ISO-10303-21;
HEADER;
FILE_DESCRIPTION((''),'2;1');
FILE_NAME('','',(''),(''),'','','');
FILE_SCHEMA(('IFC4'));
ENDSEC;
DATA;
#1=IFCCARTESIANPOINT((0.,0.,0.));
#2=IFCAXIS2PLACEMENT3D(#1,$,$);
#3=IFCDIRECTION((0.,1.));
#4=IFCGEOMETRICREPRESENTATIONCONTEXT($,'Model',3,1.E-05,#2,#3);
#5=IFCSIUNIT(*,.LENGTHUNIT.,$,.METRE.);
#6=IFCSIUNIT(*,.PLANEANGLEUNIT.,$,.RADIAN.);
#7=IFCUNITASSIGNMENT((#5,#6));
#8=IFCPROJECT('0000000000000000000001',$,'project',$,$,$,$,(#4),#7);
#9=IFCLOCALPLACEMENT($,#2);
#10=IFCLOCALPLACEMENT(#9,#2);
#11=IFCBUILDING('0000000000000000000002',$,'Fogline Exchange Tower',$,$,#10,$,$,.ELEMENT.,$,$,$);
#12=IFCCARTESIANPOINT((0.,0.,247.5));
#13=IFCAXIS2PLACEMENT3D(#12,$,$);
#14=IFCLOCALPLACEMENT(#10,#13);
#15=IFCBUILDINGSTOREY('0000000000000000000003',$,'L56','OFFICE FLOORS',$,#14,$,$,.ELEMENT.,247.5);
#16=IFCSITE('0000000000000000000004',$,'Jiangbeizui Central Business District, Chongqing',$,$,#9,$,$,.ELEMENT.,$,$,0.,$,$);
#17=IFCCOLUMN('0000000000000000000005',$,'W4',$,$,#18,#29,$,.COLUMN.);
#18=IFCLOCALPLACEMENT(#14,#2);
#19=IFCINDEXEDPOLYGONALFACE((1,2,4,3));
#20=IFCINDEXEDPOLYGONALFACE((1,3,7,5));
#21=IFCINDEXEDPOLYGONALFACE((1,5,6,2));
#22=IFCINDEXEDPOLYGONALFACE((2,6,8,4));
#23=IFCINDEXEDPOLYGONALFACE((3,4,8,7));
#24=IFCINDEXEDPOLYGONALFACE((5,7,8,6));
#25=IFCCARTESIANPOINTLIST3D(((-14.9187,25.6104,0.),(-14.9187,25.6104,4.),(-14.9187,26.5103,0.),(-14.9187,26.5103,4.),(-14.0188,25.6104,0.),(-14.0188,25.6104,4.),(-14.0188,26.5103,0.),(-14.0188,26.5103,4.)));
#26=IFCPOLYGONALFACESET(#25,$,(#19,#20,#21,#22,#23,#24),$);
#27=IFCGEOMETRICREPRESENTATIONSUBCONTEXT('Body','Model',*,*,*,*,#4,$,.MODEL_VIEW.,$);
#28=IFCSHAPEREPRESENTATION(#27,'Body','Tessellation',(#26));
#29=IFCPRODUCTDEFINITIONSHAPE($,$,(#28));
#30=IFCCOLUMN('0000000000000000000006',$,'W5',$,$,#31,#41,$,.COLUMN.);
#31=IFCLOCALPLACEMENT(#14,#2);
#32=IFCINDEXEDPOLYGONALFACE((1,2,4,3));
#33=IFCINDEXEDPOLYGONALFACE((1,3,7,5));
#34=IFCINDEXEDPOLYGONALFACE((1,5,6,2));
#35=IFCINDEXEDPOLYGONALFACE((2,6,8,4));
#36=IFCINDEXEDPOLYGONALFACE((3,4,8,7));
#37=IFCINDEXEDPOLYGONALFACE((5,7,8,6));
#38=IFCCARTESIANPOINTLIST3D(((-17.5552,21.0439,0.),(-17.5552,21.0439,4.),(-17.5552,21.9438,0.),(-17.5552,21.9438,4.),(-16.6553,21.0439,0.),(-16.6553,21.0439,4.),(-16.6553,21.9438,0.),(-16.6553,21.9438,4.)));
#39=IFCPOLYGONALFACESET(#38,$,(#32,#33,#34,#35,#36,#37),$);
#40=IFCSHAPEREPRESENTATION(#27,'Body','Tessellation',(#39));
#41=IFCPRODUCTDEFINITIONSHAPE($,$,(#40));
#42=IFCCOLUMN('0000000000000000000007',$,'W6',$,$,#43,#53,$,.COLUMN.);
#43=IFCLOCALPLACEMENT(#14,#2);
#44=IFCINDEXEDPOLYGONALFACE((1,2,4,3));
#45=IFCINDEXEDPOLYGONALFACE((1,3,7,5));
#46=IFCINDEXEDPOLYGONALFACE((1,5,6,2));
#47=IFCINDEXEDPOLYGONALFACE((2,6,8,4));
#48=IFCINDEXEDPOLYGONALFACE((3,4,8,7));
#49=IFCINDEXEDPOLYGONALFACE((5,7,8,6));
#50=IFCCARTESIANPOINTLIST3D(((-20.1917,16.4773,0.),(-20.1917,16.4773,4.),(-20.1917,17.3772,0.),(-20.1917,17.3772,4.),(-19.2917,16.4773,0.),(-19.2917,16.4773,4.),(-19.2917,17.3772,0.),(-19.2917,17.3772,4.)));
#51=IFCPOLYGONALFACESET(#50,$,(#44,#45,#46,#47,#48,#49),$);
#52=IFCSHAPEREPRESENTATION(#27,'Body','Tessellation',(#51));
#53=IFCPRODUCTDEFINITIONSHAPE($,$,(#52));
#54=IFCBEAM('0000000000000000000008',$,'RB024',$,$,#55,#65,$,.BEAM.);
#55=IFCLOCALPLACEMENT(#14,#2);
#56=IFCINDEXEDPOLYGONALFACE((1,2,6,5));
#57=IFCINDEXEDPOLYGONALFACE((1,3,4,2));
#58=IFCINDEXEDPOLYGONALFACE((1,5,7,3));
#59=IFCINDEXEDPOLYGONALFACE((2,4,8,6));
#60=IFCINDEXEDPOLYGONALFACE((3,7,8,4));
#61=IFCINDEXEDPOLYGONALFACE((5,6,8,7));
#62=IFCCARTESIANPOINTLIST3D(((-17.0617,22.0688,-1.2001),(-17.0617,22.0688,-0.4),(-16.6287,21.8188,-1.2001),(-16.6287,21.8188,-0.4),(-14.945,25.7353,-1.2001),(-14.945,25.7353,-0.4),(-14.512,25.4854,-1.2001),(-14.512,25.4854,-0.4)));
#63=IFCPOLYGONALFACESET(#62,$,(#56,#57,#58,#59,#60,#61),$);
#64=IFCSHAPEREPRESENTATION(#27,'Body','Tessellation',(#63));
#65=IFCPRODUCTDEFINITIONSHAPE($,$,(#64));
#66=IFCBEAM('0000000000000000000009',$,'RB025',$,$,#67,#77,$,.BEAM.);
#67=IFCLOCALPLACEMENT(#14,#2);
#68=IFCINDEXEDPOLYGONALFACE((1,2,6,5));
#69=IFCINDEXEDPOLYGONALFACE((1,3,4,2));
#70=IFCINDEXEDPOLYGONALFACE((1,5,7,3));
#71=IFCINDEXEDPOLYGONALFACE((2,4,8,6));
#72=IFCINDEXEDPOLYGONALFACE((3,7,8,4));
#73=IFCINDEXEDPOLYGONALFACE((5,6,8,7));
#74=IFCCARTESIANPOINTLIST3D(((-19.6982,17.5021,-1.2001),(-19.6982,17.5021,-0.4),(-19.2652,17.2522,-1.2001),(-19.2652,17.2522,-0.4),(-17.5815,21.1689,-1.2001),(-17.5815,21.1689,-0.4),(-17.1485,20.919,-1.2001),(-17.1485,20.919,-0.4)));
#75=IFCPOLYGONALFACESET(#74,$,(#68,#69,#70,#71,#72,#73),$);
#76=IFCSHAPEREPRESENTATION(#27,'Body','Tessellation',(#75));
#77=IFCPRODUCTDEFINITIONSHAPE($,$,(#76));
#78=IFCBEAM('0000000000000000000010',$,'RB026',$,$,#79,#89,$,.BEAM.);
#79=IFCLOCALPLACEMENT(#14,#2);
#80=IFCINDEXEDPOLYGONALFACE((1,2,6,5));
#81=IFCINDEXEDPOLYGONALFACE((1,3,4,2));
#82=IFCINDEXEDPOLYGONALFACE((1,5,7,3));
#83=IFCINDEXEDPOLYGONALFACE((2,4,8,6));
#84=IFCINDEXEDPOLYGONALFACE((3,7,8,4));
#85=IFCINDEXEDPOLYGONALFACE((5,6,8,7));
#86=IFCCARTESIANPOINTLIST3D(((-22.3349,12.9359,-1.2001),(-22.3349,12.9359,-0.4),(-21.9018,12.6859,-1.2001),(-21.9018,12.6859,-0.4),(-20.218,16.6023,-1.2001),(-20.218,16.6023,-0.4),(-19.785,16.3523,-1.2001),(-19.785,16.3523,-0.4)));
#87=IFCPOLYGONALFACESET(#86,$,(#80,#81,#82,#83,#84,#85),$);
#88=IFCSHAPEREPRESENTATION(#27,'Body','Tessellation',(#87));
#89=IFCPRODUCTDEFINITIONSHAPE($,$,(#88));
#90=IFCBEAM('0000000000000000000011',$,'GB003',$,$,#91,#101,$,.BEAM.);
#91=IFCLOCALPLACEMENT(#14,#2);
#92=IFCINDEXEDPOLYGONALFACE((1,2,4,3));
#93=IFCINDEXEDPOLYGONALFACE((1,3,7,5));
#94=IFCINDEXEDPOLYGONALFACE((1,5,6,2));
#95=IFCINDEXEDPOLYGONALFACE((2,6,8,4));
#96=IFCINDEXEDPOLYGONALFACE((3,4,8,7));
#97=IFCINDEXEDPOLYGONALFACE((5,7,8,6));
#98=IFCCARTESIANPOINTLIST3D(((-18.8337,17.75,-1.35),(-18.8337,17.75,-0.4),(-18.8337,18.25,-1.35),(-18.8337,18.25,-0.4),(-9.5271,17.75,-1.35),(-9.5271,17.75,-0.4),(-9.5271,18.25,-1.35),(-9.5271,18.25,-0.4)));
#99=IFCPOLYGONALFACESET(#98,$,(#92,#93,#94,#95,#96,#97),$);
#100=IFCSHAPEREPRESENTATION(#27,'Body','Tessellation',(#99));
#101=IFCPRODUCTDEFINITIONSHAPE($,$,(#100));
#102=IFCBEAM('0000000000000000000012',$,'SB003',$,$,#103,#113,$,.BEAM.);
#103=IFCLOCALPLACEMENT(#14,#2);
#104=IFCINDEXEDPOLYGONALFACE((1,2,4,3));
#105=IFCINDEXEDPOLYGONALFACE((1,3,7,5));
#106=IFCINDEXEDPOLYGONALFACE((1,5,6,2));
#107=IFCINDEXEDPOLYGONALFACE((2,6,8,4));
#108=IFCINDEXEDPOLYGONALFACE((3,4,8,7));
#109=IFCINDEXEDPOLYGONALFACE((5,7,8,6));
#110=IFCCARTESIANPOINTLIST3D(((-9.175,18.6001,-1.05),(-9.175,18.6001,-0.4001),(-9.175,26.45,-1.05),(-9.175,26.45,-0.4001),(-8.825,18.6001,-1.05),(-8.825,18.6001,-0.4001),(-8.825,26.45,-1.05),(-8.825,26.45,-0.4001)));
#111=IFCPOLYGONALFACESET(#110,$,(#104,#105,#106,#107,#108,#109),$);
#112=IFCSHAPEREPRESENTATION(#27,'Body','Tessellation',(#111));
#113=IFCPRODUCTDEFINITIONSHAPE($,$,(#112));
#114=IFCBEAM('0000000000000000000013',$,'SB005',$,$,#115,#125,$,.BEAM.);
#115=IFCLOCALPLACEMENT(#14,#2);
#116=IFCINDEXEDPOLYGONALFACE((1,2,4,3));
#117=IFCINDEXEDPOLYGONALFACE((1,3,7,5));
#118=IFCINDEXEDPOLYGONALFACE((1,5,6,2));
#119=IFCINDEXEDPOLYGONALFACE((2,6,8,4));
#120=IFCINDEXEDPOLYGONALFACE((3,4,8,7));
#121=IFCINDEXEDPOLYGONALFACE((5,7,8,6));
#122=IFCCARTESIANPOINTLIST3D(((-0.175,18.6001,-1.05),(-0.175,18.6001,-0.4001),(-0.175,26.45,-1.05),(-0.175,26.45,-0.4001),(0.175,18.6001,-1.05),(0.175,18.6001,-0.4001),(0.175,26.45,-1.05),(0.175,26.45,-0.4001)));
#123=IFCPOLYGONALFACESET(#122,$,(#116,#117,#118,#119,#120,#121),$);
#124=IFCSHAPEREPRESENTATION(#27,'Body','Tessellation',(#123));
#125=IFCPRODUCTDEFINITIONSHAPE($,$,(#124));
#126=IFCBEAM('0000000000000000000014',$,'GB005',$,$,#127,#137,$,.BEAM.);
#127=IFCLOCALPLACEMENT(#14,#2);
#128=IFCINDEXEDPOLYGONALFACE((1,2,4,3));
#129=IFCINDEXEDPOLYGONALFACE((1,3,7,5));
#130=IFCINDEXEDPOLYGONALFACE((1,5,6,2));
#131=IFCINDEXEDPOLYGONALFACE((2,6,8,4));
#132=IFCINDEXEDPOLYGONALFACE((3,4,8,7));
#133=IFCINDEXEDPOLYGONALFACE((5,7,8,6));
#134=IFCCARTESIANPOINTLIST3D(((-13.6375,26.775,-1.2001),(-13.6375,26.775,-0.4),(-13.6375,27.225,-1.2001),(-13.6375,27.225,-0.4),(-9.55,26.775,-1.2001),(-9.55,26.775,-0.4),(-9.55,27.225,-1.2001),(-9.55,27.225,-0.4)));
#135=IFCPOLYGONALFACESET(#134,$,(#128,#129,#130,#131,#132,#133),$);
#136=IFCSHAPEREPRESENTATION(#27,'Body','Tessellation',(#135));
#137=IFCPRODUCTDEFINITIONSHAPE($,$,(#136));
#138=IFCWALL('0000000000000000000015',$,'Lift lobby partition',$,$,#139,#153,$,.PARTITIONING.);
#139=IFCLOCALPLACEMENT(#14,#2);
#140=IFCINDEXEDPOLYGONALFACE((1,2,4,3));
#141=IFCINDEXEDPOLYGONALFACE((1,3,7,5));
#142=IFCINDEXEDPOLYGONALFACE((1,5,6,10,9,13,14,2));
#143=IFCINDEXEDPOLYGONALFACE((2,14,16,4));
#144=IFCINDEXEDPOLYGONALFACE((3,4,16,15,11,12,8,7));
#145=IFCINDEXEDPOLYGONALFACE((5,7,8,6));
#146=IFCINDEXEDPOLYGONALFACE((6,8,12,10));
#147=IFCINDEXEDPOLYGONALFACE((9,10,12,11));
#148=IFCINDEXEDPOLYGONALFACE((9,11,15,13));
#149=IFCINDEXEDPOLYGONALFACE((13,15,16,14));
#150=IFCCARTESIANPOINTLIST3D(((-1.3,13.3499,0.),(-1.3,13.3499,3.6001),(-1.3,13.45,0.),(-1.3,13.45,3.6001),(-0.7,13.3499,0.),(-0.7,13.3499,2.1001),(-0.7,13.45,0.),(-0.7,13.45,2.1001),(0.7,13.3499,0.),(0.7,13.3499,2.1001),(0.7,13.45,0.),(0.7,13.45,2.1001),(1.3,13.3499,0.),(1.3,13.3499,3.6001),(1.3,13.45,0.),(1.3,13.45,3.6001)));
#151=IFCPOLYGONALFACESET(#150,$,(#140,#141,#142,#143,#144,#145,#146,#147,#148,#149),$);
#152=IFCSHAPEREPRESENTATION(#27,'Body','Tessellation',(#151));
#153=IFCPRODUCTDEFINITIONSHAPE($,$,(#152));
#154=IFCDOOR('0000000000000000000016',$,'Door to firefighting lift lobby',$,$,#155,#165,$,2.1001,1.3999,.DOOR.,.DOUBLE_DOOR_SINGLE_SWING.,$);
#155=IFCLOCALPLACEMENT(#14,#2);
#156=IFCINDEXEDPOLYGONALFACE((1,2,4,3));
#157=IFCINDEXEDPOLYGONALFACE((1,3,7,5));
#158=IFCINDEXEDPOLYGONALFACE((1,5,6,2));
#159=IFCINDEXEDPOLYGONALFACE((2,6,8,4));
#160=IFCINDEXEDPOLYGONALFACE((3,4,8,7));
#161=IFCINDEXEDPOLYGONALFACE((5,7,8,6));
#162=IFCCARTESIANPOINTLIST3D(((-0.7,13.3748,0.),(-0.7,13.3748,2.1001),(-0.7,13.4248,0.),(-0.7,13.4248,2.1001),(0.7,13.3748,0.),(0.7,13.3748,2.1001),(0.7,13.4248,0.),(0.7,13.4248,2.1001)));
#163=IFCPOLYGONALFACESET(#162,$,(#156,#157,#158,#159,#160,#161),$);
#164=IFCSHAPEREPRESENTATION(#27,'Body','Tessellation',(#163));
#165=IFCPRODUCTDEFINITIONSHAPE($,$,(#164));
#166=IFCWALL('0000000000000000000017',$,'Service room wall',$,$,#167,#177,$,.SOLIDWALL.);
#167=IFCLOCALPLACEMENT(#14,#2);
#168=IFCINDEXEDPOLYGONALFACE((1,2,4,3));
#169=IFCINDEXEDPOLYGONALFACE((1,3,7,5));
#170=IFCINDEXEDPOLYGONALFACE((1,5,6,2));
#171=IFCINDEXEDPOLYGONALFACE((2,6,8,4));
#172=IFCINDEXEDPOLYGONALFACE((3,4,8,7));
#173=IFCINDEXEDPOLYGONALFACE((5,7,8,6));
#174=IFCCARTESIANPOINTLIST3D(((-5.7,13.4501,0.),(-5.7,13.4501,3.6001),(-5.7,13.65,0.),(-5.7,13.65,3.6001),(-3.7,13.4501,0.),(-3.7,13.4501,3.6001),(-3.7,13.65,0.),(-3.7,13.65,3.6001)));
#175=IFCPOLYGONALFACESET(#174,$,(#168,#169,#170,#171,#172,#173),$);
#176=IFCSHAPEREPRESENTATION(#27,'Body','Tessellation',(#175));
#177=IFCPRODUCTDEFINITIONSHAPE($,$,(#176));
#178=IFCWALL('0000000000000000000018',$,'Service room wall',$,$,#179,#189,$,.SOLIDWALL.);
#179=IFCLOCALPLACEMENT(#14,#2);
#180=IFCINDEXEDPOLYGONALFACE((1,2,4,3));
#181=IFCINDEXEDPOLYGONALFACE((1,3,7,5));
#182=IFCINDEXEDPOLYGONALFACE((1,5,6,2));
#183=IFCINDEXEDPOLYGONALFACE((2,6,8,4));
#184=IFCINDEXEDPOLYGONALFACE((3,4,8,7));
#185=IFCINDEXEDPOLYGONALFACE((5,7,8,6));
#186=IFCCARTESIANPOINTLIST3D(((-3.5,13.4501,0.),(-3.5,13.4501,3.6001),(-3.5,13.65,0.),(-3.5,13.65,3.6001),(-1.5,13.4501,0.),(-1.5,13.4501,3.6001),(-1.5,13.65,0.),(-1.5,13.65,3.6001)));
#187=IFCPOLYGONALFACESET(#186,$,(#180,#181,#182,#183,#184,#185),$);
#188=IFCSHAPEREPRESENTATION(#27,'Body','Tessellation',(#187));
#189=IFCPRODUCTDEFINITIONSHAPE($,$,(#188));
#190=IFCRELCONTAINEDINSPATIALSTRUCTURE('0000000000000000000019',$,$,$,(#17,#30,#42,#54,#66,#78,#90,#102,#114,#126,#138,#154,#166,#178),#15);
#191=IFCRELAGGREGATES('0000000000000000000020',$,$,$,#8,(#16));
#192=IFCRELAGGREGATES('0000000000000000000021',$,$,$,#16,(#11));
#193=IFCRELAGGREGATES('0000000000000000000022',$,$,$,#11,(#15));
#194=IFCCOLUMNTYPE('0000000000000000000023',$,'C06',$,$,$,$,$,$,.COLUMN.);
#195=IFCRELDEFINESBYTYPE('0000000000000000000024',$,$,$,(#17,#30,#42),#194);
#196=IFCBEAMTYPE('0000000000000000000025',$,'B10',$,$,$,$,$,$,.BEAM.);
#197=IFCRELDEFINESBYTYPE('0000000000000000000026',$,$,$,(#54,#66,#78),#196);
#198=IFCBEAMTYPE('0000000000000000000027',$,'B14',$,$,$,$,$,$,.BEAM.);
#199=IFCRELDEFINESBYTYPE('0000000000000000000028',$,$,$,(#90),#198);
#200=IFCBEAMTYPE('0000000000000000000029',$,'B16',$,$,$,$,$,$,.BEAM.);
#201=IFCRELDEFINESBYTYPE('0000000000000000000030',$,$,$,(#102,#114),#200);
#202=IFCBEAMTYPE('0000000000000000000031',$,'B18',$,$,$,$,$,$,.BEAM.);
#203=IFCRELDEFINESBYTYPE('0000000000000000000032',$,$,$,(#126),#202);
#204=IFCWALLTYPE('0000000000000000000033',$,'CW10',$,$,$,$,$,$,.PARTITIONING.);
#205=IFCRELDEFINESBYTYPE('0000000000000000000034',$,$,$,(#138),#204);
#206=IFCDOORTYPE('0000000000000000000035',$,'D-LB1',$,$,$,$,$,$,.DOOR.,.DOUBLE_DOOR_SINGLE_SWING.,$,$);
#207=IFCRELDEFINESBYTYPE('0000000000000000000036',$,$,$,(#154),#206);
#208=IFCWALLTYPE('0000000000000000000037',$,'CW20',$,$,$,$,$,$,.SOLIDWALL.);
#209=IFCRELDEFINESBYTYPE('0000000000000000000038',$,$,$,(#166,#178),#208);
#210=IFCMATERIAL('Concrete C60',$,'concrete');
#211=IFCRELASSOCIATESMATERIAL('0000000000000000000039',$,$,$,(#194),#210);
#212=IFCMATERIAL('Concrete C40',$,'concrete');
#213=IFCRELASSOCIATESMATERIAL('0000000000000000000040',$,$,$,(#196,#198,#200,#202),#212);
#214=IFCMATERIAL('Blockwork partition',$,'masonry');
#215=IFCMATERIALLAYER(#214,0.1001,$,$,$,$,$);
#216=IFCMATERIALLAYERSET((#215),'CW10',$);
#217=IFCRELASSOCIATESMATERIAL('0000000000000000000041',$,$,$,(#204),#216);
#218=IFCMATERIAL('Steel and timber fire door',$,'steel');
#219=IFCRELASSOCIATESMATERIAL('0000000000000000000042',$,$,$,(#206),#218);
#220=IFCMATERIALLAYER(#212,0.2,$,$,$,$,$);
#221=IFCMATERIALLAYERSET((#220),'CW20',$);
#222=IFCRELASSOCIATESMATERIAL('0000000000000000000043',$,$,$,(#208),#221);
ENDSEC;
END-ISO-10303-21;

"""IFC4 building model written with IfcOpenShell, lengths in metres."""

from ifc_helpers import new_model, si_unit, direction, frame, frame_2d, origin, origin_2d, place, context, subcontext, project, spatial, rectangle, extrude, material, layer, layer_set, material_profile, profile_set, type_object, element, fill, save


model = new_model("IFC4")

# Units and contexts
model_context = context("Model", 3, precision=1e-05, world=origin(), true_north=direction((0.0, 1.0)))
body_context = subcontext(model_context, "Body", "Model", "MODEL_VIEW")
ifc_project = project(units=[si_unit("LENGTHUNIT", "METRE"), si_unit("PLANEANGLEUNIT", "RADIAN")], contexts=[model_context])

# Site, building, storey
site_placement = place(None, origin())
site = spatial("IfcSite", under=ifc_project, at=site_placement, Name="Jiangbeizui Central Business District, Chongqing", CompositionType="ELEMENT", RefElevation=0.0)
building_placement = place(site_placement, origin())
building = spatial("IfcBuilding", under=site, at=building_placement, Name="Fogline Exchange Tower", CompositionType="ELEMENT")
storey_placement = place(building_placement, frame((0.0, 0.0, 247.5)))
storey = spatial("IfcBuildingStorey", under=building, at=storey_placement, Name="L56", Description="OFFICE FLOORS", CompositionType="ELEMENT", Elevation=247.5)

# Columns
ifc_material_1 = material(Name="Concrete C60", Category="concrete")
ifc_material_profile_1 = material_profile(ifc_material_1, rectangle(XDim=0.8999, YDim=0.8999, at=origin_2d()), Name="RC 900x900")
ifc_profile_set_1 = profile_set([ifc_material_profile_1], Name="Concrete C60")
column_type = type_object("IfcColumnType", Name="C06", PredefinedType="COLUMN", material=ifc_profile_set_1)
for number, where, z_axis, x_axis, name in (
    (1, (-14.4688, 26.0603, 0.0), (0.0, 0.0, 1.0), (1.0, 0.0, 0.0), "W4"),
    (2, (-17.1052, 21.4939, 0.0), (0.0, 0.0, 1.0), (1.0, 0.0, 0.0), "W5"),
    (3, (-19.7417, 16.9272, 0.0), (0.0, 0.0, 1.0), (1.0, 0.0, 0.0), "W6"),
):
    element("IfcColumn", number, at=place(storey_placement, frame(where, z_axis=z_axis, x_axis=x_axis)), inside=storey, type_object=column_type, Name=name, PredefinedType="COLUMN", context=body_context, shape_type="SweptSolid", body=[
        extrude(rectangle(XDim=0.8999, YDim=0.8999, at=origin_2d()), origin(), (0.0, 0.0, 1.0), 4.0),
    ])

# Beams
ifc_material_2 = material(Name="Concrete C40", Category="concrete")
ifc_material_profile_2 = material_profile(ifc_material_2, rectangle(XDim=0.5, YDim=0.8, at=origin_2d()), Name="RC 500x800")
ifc_profile_set_2 = profile_set([ifc_material_profile_2], Name="Concrete C40")
beam_type_1 = type_object("IfcBeamType", Name="B10", PredefinedType="BEAM", material=ifc_profile_set_2)
beam_1_placement = place(storey_placement, frame((-14.7285, 25.6104, -0.8), z_axis=(-0.499972, -0.866042, 0.0), x_axis=(0.866042, -0.499972, 0.0)))
element("IfcBeam", 4, at=beam_1_placement, inside=storey, type_object=beam_type_1, Name="RB024", PredefinedType="BEAM", context=body_context, shape_type="SweptSolid", body=[
    extrude(rectangle(XDim=0.5, YDim=0.8, at=origin_2d()), origin(), (0.0, 0.0, 1.0), 4.2336),
])
beam_2_placement = place(storey_placement, frame((-17.365, 21.0439, -0.8), z_axis=(-0.499947, -0.866056, 0.0), x_axis=(0.866056, -0.499947, 0.0)))
element("IfcBeam", 5, at=beam_2_placement, inside=storey, type_object=beam_type_1, Name="RB025", PredefinedType="BEAM", context=body_context, shape_type="SweptSolid", body=[
    extrude(rectangle(XDim=0.5, YDim=0.8, at=origin_2d()), origin(), (0.0, 0.0, 1.0), 4.2339),
])
beam_3_placement = place(storey_placement, frame((-20.0015, 16.4773, -0.8), z_axis=(-0.500015, -0.866017, 0.0), x_axis=(0.866017, -0.500015, 0.0)))
element("IfcBeam", 6, at=beam_3_placement, inside=storey, type_object=beam_type_1, Name="RB026", PredefinedType="BEAM", context=body_context, shape_type="SweptSolid", body=[
    extrude(rectangle(XDim=0.5, YDim=0.8, at=origin_2d()), origin(), (0.0, 0.0, 1.0), 4.2336),
])
ifc_material_profile_3 = material_profile(ifc_material_2, rectangle(XDim=0.5, YDim=0.95, at=origin_2d()), Name="RC 500x950")
ifc_profile_set_3 = profile_set([ifc_material_profile_3], Name="Concrete C40")
beam_type_2 = type_object("IfcBeamType", Name="B14", PredefinedType="BEAM", material=ifc_profile_set_3)
beam_4_placement = place(storey_placement, frame((-18.8337, 18.0, -0.875), z_axis=(1.0, 0.0, 0.0), x_axis=(0.0, 1.0, 0.0)))
element("IfcBeam", 7, at=beam_4_placement, inside=storey, type_object=beam_type_2, Name="GB003", PredefinedType="BEAM", context=body_context, shape_type="SweptSolid", body=[
    extrude(rectangle(XDim=0.5, YDim=0.95, at=origin_2d()), origin(), (0.0, 0.0, 1.0), 9.3066),
])
ifc_material_profile_4 = material_profile(ifc_material_2, rectangle(XDim=0.3501, YDim=0.6499, at=origin_2d()), Name="RC 350x650")
ifc_profile_set_4 = profile_set([ifc_material_profile_4], Name="Concrete C40")
beam_type_3 = type_object("IfcBeamType", Name="B16", PredefinedType="BEAM", material=ifc_profile_set_4)
for number, where, z_axis, x_axis, name in (
    (8, (-9.0, 18.6001, -0.7251), (0.0, 1.0, 0.0), (-1.0, 0.0, 0.0), "SB003"),
    (9, (0.0, 18.6001, -0.7251), (0.0, 1.0, 0.0), (-1.0, 0.0, 0.0), "SB005"),
):
    element("IfcBeam", number, at=place(storey_placement, frame(where, z_axis=z_axis, x_axis=x_axis)), inside=storey, type_object=beam_type_3, Name=name, PredefinedType="BEAM", context=body_context, shape_type="SweptSolid", body=[
        extrude(rectangle(XDim=0.3501, YDim=0.6499, at=origin_2d()), origin(), (0.0, 0.0, 1.0), 7.8499),
    ])
ifc_material_profile_5 = material_profile(ifc_material_2, rectangle(XDim=0.45, YDim=0.8, at=origin_2d()), Name="RC 450x800")
ifc_profile_set_5 = profile_set([ifc_material_profile_5], Name="Concrete C40")
beam_type_4 = type_object("IfcBeamType", Name="B18", PredefinedType="BEAM", material=ifc_profile_set_5)
beam_5_placement = place(storey_placement, frame((-13.6375, 27.0, -0.8), z_axis=(1.0, 0.0, 0.0), x_axis=(0.0, 1.0, 0.0)))
element("IfcBeam", 10, at=beam_5_placement, inside=storey, type_object=beam_type_4, Name="GB005", PredefinedType="BEAM", context=body_context, shape_type="SweptSolid", body=[
    extrude(rectangle(XDim=0.45, YDim=0.8, at=origin_2d()), origin(), (0.0, 0.0, 1.0), 4.0874),
])

# Wall, opening, door
ifc_material_3 = material(Name="Blockwork partition", Category="masonry")
ifc_layer_1 = layer(ifc_material_3, 0.1001)
ifc_layer_set_1 = layer_set([ifc_layer_1], Name="CW10")
wall_type_1 = type_object("IfcWallType", Name="CW10", PredefinedType="PARTITIONING", material=ifc_layer_set_1)
wall_1_placement = place(storey_placement, frame((-1.3, 13.3999, 0.0), z_axis=(0.0, 0.0, 1.0), x_axis=(1.0, 0.0, 0.0)))
wall_1 = element("IfcWall", 11, at=wall_1_placement, inside=storey, type_object=wall_type_1, Name="Lift lobby partition", PredefinedType="PARTITIONING", context=body_context, shape_type="SweptSolid", body=[
    extrude(rectangle(XDim=2.6001, YDim=0.1001, at=frame_2d((1.3, 0.0))), origin(), (0.0, 0.0, 1.0), 3.6001),
])
opening_1_placement = place(wall_1_placement, frame((0.6001, 0.0, 0.0)))
opening_1 = element("IfcOpeningElement", 12, at=opening_1_placement, cuts=wall_1, PredefinedType="OPENING", context=body_context, shape_type="SweptSolid", body=[
    extrude(rectangle(XDim=1.3999, YDim=2.1001, at=frame_2d((0.7, 1.05))), frame((0.0, 0.0601, 0.0), z_axis=(0.0, -1.0, 0.0), x_axis=(1.0, 0.0, 0.0)), (0.0, 0.0, 1.0), 0.1201),
])
ifc_material_4 = material(Name="Steel and timber fire door", Category="steel")
door_type_1 = type_object("IfcDoorType", Name="D-LB1", OperationType="DOUBLE_DOOR_SINGLE_SWING", PredefinedType="DOOR", material=ifc_material_4)
door_1_placement = place(opening_1_placement, origin())
door_1 = element("IfcDoor", 13, at=door_1_placement, inside=storey, type_object=door_type_1, Name="Door to firefighting lift lobby", OperationType="DOUBLE_DOOR_SINGLE_SWING", OverallHeight=2.1001, OverallWidth=1.3999, PredefinedType="DOOR", context=body_context, shape_type="SweptSolid", body=[
    extrude(rectangle(XDim=1.3999, YDim=2.1001, at=frame_2d((0.7, 1.05))), frame((0.0, 0.0249, 0.0), z_axis=(0.0, -1.0, 0.0), x_axis=(1.0, 0.0, 0.0)), (0.0, 0.0, 1.0), 0.05),
])
fill(opening_1, door_1)

# Walls
ifc_layer_2 = layer(ifc_material_2, 0.2)
ifc_layer_set_2 = layer_set([ifc_layer_2], Name="CW20")
wall_type_2 = type_object("IfcWallType", Name="CW20", PredefinedType="SOLIDWALL", material=ifc_layer_set_2)
for number, where, z_axis, x_axis, name in (
    (14, (-5.7, 13.55, 0.0), (0.0, 0.0, 1.0), (1.0, 0.0, 0.0), "Service room wall"),
    (15, (-3.5, 13.55, 0.0), (0.0, 0.0, 1.0), (1.0, 0.0, 0.0), "Service room wall"),
):
    element("IfcWall", number, at=place(storey_placement, frame(where, z_axis=z_axis, x_axis=x_axis)), inside=storey, type_object=wall_type_2, Name=name, PredefinedType="SOLIDWALL", context=body_context, shape_type="SweptSolid", body=[
        extrude(rectangle(XDim=2.0, YDim=0.2, at=frame_2d((1.0, 0.0))), origin(), (0.0, 0.0, 1.0), 3.6001),
    ])

save(model, "model.ifc")
